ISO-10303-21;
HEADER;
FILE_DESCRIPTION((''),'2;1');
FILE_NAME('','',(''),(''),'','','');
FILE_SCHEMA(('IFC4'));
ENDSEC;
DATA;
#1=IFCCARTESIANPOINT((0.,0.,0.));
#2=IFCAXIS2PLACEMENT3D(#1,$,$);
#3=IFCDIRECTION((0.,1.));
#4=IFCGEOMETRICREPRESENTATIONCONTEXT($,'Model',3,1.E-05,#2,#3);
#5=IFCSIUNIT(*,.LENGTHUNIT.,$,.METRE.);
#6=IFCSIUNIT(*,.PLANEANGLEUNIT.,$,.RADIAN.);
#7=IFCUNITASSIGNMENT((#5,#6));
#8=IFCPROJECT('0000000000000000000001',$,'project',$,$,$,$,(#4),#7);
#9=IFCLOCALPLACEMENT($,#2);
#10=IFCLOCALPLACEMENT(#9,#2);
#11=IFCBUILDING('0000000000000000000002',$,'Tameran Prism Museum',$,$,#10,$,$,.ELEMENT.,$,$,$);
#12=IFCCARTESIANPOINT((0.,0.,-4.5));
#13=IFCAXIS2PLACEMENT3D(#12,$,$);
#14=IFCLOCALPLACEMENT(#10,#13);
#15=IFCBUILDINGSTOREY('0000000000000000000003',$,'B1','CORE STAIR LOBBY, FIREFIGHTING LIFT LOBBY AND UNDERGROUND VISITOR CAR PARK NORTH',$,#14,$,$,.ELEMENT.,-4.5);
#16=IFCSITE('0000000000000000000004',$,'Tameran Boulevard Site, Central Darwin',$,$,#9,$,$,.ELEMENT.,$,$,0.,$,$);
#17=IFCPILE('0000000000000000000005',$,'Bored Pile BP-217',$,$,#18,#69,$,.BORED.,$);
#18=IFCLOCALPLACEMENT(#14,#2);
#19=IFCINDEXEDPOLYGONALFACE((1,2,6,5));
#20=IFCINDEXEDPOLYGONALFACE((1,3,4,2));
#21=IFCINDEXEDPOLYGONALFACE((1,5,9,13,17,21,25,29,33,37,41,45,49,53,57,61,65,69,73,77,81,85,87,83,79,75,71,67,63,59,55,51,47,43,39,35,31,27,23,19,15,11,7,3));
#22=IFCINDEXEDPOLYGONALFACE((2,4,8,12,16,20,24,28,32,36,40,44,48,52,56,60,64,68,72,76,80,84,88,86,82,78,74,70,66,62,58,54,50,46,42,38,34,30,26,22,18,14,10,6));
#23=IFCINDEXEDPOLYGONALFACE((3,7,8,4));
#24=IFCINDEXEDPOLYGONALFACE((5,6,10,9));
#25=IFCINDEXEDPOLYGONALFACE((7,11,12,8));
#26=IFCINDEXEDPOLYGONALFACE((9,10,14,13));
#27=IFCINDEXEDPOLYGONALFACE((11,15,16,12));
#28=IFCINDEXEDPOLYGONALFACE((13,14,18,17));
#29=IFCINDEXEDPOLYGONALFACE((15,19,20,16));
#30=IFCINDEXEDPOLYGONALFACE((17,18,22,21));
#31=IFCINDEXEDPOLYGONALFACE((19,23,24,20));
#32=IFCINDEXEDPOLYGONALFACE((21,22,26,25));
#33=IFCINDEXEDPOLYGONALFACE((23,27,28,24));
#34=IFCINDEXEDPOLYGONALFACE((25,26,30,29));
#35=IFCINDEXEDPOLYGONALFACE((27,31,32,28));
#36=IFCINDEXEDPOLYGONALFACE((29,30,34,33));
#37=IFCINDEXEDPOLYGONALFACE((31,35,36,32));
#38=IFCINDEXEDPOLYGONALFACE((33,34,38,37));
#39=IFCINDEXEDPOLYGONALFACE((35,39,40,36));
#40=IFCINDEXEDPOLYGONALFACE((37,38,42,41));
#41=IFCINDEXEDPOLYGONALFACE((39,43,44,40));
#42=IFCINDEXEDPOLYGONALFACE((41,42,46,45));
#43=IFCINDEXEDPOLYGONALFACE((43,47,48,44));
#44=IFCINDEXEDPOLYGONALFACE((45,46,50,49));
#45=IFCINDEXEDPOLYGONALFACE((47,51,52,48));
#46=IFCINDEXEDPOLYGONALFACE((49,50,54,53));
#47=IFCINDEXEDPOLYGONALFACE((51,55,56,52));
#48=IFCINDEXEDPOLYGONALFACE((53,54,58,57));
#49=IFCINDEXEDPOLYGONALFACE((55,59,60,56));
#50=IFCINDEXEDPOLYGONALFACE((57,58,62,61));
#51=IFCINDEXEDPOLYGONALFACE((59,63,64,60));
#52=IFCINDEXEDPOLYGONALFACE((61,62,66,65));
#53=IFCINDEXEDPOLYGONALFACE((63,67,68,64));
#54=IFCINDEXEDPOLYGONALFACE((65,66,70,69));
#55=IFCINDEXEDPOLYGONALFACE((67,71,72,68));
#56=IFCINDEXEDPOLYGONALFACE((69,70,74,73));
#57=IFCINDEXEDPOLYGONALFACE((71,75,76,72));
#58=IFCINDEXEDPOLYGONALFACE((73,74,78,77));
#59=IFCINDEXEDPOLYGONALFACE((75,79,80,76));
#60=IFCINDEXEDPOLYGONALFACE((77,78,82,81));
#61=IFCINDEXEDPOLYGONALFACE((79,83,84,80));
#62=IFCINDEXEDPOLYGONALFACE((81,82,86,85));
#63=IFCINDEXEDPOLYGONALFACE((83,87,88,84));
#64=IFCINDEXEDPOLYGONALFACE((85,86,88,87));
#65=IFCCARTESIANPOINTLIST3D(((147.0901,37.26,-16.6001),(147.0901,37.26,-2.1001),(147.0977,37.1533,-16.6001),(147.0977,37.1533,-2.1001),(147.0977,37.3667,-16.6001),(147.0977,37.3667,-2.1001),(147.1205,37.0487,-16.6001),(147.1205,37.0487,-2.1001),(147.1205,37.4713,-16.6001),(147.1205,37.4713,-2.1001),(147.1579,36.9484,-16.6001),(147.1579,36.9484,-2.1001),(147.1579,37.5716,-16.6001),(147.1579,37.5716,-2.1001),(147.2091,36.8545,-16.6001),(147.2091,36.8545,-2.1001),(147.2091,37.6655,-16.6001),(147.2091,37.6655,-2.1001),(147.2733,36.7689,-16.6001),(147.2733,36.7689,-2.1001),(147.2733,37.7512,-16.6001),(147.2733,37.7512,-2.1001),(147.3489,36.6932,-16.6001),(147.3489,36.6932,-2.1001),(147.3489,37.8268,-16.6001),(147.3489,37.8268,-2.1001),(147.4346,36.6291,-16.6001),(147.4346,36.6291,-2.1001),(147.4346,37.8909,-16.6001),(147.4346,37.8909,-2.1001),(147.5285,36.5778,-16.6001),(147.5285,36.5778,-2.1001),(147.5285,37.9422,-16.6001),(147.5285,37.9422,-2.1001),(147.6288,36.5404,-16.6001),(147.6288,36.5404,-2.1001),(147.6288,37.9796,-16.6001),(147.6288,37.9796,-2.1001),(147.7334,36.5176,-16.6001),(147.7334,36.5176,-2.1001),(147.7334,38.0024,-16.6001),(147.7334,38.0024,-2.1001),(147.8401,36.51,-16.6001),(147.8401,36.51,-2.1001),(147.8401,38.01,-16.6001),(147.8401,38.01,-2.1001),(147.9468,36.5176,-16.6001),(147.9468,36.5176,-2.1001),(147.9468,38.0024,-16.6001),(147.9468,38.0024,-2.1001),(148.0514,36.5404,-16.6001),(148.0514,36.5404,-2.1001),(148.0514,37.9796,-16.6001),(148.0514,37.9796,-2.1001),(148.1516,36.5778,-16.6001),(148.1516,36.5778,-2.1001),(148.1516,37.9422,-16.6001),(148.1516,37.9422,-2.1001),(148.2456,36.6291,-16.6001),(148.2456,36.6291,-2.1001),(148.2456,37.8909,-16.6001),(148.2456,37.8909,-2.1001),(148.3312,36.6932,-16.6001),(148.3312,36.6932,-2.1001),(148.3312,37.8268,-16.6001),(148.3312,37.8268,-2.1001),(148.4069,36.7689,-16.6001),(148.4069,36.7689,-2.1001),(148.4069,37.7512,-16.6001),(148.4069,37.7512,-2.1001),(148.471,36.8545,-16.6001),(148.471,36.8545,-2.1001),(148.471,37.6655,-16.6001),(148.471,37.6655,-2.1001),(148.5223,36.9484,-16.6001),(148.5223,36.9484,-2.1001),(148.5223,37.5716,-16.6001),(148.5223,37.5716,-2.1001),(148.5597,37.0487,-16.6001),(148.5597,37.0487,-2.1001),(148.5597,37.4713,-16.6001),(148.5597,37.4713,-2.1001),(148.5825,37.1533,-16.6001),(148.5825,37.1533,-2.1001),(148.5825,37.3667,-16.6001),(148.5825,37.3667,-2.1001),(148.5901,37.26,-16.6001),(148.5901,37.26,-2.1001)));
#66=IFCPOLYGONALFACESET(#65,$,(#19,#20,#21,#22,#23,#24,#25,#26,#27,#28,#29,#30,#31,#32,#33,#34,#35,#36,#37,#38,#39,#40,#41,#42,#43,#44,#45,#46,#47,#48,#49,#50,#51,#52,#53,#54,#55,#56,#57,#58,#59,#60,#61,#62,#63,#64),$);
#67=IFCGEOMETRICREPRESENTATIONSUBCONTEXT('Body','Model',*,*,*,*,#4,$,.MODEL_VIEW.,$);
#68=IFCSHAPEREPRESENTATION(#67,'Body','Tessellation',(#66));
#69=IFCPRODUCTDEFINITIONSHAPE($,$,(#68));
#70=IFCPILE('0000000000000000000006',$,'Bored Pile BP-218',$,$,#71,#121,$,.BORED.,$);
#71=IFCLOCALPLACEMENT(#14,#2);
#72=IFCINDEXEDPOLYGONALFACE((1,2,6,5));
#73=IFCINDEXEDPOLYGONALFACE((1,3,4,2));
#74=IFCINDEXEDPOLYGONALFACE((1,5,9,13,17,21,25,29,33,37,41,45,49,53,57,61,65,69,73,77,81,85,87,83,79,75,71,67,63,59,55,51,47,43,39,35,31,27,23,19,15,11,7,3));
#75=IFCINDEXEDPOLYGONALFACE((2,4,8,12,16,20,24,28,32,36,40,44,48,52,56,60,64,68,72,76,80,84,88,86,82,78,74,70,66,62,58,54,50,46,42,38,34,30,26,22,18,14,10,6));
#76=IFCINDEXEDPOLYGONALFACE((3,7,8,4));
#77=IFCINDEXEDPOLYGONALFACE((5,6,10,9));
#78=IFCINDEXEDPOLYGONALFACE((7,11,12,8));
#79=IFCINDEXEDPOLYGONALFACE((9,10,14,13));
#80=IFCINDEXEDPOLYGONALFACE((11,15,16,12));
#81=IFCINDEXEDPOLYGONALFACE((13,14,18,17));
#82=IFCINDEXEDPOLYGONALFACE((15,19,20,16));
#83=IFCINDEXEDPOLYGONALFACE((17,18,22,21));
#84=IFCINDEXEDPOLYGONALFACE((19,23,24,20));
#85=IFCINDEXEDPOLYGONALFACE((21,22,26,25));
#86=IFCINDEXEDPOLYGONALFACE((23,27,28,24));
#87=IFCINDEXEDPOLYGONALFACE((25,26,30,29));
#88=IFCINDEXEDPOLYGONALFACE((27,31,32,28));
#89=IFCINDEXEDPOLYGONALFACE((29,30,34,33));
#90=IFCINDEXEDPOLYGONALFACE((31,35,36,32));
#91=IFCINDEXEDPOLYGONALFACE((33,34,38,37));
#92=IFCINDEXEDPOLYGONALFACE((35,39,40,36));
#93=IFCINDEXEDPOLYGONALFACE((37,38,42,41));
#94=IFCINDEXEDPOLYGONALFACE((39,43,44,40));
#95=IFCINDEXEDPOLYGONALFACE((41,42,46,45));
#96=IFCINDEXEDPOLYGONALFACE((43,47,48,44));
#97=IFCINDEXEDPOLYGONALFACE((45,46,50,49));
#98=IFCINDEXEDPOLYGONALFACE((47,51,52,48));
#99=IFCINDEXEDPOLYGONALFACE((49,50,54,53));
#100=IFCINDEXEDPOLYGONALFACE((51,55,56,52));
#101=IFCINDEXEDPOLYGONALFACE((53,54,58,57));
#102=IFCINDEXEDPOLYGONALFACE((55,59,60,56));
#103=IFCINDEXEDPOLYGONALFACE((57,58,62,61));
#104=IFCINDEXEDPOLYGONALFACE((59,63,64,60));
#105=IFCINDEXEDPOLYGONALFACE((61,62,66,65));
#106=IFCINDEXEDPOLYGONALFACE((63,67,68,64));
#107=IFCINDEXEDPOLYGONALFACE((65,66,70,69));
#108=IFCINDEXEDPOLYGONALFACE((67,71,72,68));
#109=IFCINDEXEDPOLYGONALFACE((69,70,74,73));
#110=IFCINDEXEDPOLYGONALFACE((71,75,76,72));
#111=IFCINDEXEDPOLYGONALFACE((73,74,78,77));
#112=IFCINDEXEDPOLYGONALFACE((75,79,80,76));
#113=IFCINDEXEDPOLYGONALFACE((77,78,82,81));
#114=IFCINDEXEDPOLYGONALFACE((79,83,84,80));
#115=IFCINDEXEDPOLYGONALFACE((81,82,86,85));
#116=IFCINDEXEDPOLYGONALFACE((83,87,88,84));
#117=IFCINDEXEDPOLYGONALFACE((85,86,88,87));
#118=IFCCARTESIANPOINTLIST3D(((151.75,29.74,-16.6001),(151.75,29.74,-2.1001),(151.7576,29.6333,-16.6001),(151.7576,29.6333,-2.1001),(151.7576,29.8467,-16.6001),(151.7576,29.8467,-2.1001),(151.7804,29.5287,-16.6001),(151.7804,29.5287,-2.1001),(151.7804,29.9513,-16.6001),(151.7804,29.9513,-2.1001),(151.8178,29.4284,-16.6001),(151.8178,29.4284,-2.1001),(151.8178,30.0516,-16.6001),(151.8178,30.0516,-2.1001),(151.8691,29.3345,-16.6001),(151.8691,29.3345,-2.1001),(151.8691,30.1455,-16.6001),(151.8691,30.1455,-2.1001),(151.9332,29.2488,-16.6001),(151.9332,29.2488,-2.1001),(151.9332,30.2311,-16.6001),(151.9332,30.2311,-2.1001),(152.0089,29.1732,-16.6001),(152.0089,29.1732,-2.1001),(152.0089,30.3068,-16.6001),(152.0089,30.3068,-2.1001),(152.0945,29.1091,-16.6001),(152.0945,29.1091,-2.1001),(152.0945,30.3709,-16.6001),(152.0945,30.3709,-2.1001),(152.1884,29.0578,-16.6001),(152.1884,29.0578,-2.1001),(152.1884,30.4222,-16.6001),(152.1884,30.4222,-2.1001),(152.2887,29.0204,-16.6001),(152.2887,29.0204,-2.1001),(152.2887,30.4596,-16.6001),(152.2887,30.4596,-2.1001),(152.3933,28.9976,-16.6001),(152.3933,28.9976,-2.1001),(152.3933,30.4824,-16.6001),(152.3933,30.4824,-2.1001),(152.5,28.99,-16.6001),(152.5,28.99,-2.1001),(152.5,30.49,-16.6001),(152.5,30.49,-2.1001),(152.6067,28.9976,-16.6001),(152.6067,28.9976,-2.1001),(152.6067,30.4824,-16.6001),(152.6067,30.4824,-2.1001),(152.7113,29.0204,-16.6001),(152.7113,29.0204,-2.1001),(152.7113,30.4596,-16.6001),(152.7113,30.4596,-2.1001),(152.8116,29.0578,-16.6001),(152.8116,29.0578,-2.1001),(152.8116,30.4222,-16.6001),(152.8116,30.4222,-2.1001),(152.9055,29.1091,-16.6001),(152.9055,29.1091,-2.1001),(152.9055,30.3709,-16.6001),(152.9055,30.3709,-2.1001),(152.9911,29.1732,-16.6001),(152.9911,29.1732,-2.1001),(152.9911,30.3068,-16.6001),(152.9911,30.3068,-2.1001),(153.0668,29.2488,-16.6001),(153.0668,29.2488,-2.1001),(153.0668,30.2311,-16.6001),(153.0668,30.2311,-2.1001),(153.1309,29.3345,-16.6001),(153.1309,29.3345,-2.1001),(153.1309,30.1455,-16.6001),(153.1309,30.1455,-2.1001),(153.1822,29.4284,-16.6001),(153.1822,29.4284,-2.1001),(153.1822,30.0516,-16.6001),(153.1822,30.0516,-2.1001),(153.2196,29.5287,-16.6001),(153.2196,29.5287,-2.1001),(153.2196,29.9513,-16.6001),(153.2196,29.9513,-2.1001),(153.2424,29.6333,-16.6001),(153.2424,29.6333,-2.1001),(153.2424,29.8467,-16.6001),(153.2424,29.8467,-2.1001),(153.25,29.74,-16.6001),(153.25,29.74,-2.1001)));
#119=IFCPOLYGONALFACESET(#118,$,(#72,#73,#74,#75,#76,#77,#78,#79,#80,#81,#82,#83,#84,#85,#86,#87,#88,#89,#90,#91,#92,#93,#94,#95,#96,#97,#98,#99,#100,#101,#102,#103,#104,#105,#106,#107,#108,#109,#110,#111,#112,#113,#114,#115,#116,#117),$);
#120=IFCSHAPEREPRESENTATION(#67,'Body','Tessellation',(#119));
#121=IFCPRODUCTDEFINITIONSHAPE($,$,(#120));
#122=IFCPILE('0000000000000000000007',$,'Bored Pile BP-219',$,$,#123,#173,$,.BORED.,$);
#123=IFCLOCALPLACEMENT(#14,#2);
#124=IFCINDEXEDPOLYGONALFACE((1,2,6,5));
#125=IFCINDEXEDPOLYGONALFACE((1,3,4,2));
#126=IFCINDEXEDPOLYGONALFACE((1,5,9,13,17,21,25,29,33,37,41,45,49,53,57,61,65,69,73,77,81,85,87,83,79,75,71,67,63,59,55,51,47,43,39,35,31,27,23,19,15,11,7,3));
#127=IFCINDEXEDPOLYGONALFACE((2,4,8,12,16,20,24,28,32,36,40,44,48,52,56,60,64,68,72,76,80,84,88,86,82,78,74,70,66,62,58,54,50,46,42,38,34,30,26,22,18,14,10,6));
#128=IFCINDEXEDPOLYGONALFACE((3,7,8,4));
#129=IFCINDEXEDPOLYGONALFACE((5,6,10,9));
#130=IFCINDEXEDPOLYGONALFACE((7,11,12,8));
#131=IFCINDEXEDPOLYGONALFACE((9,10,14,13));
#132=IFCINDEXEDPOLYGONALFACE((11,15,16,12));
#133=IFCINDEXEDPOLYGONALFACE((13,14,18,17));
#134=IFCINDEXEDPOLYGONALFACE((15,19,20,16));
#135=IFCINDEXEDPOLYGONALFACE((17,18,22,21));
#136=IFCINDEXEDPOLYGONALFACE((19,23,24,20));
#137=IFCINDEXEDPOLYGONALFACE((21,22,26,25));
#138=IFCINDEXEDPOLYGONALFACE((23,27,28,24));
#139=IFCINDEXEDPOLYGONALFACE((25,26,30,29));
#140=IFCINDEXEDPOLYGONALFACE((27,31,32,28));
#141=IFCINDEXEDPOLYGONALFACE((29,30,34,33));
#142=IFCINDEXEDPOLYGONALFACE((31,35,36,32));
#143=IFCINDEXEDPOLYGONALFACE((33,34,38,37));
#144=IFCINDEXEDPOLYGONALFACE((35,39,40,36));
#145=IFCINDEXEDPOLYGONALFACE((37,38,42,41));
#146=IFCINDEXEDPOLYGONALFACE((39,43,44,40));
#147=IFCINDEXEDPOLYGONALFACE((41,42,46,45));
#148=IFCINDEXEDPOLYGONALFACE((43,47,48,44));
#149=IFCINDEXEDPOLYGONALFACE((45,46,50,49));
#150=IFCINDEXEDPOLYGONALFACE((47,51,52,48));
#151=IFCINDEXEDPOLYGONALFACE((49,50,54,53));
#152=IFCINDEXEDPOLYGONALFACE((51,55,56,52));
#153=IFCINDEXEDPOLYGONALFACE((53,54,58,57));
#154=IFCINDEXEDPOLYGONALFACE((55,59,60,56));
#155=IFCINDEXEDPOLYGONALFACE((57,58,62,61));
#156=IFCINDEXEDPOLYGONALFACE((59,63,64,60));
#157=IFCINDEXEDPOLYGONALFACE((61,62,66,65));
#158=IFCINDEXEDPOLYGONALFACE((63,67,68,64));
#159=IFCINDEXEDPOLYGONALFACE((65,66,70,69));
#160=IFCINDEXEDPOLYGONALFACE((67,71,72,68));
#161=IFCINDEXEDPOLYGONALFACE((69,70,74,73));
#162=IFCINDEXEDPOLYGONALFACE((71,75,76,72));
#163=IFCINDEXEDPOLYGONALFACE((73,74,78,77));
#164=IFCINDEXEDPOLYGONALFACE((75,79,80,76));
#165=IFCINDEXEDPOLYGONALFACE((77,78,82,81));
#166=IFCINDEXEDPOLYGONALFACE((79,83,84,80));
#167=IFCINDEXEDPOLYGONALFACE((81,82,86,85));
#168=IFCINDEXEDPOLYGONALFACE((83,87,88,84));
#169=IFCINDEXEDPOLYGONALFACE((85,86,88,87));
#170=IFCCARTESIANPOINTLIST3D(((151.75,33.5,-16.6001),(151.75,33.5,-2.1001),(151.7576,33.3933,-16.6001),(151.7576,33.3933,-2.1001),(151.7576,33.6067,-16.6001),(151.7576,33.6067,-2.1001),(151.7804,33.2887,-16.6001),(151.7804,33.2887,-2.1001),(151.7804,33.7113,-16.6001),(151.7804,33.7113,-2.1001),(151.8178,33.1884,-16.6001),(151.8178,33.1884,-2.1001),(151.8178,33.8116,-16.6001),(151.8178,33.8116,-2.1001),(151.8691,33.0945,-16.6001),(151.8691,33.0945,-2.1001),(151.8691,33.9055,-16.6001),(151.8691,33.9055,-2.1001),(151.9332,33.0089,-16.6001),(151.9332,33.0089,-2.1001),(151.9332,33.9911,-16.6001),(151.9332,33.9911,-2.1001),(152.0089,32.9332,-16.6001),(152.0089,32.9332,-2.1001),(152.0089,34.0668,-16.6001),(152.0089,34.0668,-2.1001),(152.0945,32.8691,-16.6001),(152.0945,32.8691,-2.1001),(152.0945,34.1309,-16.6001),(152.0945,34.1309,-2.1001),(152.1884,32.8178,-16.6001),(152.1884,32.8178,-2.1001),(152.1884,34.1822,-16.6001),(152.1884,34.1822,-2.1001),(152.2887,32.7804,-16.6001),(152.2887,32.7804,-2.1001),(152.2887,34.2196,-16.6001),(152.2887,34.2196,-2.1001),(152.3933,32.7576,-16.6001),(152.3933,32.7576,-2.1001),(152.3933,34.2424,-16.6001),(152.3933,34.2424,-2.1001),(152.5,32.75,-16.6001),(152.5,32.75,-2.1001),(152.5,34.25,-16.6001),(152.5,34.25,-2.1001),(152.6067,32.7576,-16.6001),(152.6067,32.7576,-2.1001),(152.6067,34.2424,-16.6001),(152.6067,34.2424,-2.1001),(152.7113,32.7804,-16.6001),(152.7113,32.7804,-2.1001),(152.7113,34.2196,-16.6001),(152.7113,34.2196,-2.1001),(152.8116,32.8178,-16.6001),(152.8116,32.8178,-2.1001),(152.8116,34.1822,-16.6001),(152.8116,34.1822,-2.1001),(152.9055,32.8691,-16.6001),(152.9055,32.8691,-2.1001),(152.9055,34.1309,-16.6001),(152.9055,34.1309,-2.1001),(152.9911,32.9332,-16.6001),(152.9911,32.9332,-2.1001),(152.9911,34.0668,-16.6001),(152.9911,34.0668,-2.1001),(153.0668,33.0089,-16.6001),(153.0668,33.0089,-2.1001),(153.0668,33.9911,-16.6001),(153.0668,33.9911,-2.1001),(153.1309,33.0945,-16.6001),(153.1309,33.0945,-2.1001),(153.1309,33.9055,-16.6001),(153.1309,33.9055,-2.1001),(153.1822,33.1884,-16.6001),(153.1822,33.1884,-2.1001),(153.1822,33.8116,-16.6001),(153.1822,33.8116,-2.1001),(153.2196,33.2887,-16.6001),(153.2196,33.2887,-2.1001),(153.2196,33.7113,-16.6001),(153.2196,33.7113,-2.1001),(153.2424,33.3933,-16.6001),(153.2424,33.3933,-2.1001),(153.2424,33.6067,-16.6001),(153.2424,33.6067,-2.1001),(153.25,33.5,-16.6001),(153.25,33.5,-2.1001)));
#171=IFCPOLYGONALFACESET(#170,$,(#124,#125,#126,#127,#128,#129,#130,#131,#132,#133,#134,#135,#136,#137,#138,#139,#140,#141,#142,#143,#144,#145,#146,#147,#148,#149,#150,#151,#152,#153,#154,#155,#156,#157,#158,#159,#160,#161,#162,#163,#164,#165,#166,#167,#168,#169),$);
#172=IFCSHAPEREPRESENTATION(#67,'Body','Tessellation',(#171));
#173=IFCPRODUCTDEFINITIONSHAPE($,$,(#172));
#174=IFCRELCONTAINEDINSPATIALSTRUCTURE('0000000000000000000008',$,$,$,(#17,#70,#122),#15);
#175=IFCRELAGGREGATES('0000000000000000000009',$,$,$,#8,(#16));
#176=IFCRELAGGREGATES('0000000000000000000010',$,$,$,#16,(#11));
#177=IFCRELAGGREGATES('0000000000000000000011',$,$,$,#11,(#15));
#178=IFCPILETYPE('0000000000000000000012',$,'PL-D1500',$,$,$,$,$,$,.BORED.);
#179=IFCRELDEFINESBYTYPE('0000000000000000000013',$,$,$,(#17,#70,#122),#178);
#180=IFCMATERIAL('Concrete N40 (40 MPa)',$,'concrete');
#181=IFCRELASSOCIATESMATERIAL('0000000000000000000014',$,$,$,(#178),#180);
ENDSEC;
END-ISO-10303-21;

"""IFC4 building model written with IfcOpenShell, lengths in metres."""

from ifc_helpers import new_model, si_unit, direction, frame, origin, origin_2d, place, context, subcontext, project, spatial, circle, extrude, material, material_profile, profile_set, type_object, element, save


model = new_model("IFC4")

# Units and contexts
model_context = context("Model", 3, precision=1e-05, world=origin(), true_north=direction((0.0, 1.0)))
body_context = subcontext(model_context, "Body", "Model", "MODEL_VIEW")
ifc_project = project(units=[si_unit("LENGTHUNIT", "METRE"), si_unit("PLANEANGLEUNIT", "RADIAN")], contexts=[model_context])

# Site, building, storey
site_placement = place(None, origin())
site = spatial("IfcSite", under=ifc_project, at=site_placement, Name="Tameran Boulevard Site, Central Darwin", CompositionType="ELEMENT", RefElevation=0.0)
building_placement = place(site_placement, origin())
building = spatial("IfcBuilding", under=site, at=building_placement, Name="Tameran Prism Museum", CompositionType="ELEMENT")
storey_placement = place(building_placement, frame((0.0, 0.0, -4.5)))
storey = spatial("IfcBuildingStorey", under=building, at=storey_placement, Name="B1", Description="CORE STAIR LOBBY, FIREFIGHTING LIFT LOBBY AND UNDERGROUND VISITOR CAR PARK NORTH", CompositionType="ELEMENT", Elevation=-4.5)

# Piles
ifc_material_1 = material(Name="Concrete N40 (40 MPa)", Category="concrete")
ifc_material_profile_1 = material_profile(ifc_material_1, circle(Radius=0.75, at=origin_2d()))
ifc_profile_set_1 = profile_set([ifc_material_profile_1])
pile_type_1 = type_object("IfcPileType", Name="PL-D1500", PredefinedType="BORED", material=ifc_profile_set_1)
for number, where, z_axis, x_axis, name in (
    (1, (147.8401, 37.26, -2.1001), (0.0, 0.0, -1.0), (1.0, 0.0, 0.0), "Bored Pile BP-217"),
    (2, (152.5, 29.74, -2.1001), (0.0, 0.0, -1.0), (1.0, 0.0, 0.0), "Bored Pile BP-218"),
    (3, (152.5, 33.5, -2.1001), (0.0, 0.0, -1.0), (1.0, 0.0, 0.0), "Bored Pile BP-219"),
):
    element("IfcPile", number, at=place(storey_placement, frame(where, z_axis=z_axis, x_axis=x_axis)), inside=storey, type_object=pile_type_1, Name=name, PredefinedType="BORED", context=body_context, shape_type="SweptSolid", body=[
        extrude(circle(Radius=0.75, at=origin_2d()), origin(), (0.0, 0.0, 1.0), 14.5),
    ])

save(model, "model.ifc")
